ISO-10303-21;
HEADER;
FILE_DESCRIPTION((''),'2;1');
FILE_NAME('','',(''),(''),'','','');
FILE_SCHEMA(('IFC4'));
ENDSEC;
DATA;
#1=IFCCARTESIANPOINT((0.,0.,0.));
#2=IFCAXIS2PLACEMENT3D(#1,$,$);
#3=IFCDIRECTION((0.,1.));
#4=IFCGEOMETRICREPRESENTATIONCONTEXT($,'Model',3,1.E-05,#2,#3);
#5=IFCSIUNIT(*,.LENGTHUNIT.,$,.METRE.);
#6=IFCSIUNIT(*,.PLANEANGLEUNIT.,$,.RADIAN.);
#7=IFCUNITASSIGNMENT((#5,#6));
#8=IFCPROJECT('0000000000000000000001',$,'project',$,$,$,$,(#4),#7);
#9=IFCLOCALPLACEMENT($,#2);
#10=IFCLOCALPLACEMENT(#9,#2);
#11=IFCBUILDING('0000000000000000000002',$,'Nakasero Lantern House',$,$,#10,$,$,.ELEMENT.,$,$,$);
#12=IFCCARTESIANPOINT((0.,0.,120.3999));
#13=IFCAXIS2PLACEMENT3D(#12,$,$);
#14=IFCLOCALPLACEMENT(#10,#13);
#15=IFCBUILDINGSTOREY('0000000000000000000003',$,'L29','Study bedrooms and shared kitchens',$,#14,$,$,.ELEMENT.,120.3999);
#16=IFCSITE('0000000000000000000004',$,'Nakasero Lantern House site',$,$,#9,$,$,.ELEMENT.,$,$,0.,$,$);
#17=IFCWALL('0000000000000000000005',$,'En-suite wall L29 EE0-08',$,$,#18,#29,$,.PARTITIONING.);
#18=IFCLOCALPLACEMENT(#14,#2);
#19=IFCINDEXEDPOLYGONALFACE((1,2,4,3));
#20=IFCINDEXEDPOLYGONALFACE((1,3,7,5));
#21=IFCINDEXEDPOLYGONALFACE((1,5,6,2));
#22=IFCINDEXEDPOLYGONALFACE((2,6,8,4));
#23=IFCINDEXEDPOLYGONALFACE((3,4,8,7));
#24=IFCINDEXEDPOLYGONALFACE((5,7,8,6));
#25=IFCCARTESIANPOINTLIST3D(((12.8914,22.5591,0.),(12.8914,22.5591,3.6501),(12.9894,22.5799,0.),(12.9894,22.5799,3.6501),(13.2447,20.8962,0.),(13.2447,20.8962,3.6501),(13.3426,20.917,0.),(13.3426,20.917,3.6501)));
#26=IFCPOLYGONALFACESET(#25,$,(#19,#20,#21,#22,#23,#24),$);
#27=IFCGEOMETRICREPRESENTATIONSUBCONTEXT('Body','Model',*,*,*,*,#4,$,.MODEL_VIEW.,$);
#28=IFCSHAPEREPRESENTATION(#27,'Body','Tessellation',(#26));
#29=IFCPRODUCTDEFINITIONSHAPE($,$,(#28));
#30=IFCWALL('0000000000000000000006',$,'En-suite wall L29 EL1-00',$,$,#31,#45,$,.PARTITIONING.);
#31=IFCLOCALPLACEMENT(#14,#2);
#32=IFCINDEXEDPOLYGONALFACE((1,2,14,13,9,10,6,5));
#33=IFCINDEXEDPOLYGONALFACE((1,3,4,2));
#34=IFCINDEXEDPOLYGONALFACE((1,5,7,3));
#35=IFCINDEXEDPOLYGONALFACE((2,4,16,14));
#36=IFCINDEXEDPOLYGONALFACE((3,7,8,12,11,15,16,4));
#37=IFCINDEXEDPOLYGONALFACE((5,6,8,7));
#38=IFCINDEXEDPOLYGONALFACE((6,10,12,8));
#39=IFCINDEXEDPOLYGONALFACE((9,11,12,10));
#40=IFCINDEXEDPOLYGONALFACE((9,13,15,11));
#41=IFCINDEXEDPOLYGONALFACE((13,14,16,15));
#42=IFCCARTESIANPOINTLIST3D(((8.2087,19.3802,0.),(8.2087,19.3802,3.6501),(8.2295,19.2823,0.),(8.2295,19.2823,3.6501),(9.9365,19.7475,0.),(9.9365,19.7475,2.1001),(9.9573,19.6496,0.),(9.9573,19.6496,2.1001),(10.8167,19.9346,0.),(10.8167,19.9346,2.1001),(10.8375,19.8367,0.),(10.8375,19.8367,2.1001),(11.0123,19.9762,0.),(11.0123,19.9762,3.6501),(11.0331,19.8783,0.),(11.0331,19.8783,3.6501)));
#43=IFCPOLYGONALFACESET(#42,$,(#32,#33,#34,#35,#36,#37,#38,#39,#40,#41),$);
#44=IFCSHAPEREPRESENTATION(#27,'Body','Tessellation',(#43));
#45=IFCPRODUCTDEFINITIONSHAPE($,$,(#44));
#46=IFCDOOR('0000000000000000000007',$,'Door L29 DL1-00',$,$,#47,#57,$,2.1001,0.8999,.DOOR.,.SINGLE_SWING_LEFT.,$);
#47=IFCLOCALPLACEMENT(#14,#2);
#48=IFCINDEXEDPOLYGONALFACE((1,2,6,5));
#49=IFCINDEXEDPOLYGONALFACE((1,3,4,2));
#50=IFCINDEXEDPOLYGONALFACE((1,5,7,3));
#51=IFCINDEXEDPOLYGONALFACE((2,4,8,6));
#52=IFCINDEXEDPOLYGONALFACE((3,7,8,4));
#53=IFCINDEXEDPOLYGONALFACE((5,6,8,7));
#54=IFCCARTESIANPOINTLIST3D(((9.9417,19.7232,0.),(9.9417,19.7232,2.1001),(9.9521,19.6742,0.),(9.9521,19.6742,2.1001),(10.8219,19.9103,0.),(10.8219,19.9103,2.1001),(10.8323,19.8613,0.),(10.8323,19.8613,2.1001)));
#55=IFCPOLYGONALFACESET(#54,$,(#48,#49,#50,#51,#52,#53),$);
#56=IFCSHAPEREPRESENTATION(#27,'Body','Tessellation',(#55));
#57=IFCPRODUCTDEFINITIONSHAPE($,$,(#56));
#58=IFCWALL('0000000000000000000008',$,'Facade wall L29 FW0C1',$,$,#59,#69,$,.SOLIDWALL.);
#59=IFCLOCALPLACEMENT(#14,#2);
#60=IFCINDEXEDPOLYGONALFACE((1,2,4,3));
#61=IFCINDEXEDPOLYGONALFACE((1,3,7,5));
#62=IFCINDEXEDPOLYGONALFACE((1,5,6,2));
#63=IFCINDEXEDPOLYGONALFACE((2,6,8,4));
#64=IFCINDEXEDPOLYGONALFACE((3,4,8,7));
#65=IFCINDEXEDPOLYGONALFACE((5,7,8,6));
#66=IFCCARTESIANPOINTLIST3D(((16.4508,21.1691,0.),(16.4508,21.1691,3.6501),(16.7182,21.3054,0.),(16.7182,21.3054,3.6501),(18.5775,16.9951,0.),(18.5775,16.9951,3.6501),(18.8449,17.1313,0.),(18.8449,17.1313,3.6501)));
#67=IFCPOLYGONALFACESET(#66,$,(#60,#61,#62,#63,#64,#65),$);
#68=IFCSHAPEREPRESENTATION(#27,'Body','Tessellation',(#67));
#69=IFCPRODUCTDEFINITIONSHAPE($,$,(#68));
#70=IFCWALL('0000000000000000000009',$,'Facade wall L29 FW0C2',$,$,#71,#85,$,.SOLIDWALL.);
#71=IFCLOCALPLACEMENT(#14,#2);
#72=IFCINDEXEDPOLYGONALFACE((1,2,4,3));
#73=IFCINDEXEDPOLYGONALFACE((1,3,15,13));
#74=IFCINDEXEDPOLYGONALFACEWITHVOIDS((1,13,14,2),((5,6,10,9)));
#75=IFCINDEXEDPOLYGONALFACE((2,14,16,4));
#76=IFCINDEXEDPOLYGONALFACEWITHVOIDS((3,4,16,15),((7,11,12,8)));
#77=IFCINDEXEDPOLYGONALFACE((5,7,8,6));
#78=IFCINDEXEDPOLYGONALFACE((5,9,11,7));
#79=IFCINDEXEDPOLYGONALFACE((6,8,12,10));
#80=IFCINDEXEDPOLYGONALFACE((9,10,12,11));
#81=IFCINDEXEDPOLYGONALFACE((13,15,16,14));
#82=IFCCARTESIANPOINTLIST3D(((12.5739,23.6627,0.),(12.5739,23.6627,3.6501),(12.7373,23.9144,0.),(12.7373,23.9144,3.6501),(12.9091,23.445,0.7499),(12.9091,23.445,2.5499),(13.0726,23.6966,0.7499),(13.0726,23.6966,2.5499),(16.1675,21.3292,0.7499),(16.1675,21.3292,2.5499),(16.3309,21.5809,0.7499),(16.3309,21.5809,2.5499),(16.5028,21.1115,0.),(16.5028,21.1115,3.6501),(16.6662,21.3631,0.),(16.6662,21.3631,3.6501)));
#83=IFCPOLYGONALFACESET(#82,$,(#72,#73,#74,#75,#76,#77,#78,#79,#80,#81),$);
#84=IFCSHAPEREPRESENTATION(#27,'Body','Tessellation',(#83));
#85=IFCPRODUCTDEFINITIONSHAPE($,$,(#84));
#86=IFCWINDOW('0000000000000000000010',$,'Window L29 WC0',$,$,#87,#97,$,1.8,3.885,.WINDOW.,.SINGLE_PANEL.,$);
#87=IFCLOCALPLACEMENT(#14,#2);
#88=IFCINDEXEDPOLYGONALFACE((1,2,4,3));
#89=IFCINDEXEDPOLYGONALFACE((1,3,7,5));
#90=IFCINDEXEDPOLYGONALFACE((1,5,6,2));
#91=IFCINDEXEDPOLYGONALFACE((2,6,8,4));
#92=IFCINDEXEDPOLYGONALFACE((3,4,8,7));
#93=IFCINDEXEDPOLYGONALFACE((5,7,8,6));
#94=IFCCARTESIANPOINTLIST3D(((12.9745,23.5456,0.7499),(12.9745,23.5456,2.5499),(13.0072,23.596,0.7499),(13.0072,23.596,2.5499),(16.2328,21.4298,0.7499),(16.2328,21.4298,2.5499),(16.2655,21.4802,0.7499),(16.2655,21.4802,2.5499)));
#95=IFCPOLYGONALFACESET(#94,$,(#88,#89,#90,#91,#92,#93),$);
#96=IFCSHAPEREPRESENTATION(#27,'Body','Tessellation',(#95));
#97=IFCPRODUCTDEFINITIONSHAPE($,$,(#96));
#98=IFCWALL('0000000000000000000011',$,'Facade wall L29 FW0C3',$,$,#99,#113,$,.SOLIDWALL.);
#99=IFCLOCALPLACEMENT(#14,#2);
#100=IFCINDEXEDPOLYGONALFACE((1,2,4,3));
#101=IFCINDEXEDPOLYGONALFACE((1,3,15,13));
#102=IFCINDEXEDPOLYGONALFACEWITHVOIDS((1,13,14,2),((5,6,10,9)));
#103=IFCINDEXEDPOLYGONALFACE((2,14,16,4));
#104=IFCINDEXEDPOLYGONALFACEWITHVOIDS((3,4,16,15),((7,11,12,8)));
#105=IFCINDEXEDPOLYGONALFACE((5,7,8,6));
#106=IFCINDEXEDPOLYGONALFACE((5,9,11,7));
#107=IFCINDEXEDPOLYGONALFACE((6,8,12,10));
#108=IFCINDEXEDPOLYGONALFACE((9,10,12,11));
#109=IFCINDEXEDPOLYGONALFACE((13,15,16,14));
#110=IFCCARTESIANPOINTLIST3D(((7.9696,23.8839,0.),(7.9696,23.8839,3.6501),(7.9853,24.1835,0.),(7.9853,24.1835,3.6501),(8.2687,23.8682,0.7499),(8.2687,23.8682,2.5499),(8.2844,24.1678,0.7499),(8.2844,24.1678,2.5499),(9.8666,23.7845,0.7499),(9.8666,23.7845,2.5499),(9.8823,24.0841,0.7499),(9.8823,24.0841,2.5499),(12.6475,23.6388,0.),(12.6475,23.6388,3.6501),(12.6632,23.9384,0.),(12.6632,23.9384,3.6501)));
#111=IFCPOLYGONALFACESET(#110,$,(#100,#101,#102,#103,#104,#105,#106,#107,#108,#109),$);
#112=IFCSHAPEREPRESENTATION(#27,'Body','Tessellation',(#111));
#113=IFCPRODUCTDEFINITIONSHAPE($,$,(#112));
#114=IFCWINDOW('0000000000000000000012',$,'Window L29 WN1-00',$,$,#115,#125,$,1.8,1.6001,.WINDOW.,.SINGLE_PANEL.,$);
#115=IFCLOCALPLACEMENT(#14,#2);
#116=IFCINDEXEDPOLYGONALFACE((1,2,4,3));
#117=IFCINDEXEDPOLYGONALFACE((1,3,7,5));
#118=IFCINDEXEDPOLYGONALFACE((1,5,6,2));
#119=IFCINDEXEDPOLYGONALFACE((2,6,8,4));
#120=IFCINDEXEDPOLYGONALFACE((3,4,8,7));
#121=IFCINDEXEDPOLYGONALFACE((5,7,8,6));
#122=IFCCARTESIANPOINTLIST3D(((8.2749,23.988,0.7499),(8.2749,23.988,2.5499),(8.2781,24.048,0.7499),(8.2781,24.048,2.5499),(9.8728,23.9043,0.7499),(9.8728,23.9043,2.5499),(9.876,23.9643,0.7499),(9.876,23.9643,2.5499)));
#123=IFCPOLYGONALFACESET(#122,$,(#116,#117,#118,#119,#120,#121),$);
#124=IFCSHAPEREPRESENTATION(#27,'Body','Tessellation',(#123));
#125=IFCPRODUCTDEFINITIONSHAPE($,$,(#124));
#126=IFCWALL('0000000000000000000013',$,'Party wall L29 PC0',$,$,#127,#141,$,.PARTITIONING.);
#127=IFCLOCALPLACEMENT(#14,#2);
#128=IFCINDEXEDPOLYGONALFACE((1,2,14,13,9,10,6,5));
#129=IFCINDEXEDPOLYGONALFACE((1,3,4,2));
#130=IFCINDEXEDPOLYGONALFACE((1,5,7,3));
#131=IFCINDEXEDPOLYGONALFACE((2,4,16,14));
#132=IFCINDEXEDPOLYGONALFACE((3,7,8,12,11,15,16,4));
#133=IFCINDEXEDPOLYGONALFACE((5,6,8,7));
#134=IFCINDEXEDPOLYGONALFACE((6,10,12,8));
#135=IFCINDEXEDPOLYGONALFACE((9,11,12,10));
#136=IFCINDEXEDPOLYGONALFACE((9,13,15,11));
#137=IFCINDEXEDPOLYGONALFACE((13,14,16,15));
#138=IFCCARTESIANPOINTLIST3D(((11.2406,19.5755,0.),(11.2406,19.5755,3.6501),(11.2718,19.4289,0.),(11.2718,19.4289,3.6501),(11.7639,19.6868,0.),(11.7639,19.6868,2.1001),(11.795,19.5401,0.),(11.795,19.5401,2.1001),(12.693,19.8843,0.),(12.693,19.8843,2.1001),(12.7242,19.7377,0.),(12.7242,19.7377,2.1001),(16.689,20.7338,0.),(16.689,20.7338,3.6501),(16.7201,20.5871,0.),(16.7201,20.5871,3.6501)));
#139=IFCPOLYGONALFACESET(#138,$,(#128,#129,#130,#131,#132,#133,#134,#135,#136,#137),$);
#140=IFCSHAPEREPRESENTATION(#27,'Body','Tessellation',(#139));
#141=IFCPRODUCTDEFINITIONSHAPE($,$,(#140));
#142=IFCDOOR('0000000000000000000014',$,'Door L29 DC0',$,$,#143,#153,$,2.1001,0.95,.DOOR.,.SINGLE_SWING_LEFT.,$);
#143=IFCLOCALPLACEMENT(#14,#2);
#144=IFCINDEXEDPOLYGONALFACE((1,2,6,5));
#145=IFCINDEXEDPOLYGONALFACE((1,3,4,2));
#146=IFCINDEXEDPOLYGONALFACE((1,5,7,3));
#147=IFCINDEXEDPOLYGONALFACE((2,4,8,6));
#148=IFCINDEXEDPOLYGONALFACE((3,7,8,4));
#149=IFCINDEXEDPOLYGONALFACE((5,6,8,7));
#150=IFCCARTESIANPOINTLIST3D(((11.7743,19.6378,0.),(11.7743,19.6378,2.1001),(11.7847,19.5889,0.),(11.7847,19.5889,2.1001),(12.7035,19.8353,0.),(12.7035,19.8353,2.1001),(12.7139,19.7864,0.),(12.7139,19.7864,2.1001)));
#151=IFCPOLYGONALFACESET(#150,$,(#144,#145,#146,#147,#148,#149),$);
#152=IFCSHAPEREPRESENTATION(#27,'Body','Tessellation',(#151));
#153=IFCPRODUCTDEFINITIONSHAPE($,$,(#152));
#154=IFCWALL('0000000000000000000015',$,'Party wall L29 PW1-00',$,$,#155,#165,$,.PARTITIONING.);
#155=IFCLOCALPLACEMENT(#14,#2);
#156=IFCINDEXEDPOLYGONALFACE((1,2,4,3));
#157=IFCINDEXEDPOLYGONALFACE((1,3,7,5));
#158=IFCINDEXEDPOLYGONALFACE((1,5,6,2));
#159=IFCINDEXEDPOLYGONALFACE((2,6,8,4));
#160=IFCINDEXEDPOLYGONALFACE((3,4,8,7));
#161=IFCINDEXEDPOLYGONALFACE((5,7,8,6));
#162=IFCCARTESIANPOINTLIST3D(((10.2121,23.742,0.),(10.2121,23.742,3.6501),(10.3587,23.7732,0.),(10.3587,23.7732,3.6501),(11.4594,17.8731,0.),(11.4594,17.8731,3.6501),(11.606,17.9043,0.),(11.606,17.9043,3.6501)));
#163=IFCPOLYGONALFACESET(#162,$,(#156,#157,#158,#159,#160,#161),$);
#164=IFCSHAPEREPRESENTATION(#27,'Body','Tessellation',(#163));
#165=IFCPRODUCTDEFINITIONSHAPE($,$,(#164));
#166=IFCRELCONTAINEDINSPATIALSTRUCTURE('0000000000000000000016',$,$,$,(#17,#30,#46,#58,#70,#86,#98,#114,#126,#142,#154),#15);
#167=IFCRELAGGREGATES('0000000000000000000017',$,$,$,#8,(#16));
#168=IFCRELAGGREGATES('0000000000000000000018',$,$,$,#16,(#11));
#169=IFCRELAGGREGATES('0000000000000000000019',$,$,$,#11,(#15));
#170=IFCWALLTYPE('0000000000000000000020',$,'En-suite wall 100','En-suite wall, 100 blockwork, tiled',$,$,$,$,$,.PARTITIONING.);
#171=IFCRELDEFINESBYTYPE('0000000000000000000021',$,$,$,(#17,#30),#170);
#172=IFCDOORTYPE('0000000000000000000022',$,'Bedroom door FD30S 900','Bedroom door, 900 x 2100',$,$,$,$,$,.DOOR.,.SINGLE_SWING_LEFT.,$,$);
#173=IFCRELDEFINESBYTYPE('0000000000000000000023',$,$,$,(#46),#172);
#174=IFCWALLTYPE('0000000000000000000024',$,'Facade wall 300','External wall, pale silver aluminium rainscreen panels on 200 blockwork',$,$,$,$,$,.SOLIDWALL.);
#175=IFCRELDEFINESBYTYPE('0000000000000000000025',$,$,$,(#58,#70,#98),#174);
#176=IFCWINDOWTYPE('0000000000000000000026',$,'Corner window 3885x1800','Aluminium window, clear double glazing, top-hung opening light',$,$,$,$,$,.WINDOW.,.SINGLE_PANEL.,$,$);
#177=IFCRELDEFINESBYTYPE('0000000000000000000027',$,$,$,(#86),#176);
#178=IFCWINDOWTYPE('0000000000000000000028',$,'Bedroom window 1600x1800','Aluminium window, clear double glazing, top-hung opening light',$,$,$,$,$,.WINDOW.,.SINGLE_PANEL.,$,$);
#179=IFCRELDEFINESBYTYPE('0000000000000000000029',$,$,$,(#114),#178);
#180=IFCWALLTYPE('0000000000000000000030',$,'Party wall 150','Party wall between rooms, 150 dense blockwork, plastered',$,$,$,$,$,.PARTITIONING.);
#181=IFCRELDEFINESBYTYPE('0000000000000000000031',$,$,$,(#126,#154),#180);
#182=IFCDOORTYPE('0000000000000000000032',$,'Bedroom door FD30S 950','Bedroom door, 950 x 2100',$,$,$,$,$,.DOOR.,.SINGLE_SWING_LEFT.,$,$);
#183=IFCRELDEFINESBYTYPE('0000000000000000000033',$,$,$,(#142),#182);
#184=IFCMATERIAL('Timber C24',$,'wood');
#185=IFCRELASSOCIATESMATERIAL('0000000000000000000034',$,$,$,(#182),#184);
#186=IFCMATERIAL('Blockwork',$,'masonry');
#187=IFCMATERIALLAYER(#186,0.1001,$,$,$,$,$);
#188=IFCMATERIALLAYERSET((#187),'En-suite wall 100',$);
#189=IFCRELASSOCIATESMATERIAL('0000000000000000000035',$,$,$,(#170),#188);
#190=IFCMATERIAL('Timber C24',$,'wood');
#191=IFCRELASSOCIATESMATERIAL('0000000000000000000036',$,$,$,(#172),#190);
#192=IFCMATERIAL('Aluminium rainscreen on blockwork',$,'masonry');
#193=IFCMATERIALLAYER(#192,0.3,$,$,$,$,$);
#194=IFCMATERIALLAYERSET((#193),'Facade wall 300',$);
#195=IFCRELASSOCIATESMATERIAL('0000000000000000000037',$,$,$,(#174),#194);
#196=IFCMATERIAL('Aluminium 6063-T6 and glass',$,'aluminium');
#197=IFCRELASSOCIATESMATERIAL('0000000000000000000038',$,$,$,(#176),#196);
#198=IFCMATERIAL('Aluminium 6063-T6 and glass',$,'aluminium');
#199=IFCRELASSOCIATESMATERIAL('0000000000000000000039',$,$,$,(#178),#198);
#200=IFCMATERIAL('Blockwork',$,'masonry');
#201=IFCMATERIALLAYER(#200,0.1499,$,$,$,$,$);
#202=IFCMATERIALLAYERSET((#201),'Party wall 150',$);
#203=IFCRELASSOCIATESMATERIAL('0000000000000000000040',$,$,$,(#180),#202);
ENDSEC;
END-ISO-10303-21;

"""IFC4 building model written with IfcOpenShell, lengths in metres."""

from ifc_helpers import new_model, si_unit, direction, frame, frame_2d, origin, place, context, subcontext, project, spatial, rectangle, extrude, material, layer, layer_set, type_object, element, fill, save


model = new_model("IFC4")

# Units and contexts
model_context = context("Model", 3, precision=1e-05, world=origin(), true_north=direction((0.0, 1.0)))
body_context = subcontext(model_context, "Body", "Model", "MODEL_VIEW")
ifc_project = project(units=[si_unit("LENGTHUNIT", "METRE"), si_unit("PLANEANGLEUNIT", "RADIAN")], contexts=[model_context])

# Site, building, storey
site_placement = place(None, origin())
site = spatial("IfcSite", under=ifc_project, at=site_placement, Name="Nakasero Lantern House site", CompositionType="ELEMENT", RefElevation=0.0)
building_placement = place(site_placement, origin())
building = spatial("IfcBuilding", under=site, at=building_placement, Name="Nakasero Lantern House", CompositionType="ELEMENT")
storey_placement = place(building_placement, frame((0.0, 0.0, 120.3999)))
storey = spatial("IfcBuildingStorey", under=building, at=storey_placement, Name="L29", Description="Study bedrooms and shared kitchens", CompositionType="ELEMENT", Elevation=120.3999)

# Shared definitions
ifc_material_1 = material(Name="Timber C24", Category="wood")
door_type_1 = type_object("IfcDoorType", Name="Bedroom door FD30S 950", Description="Bedroom door, 950 x 2100", OperationType="SINGLE_SWING_LEFT", PredefinedType="DOOR", material=ifc_material_1)

# Shared definitions
ifc_material_2 = material(Name="Blockwork", Category="masonry")
ifc_layer_1 = layer(ifc_material_2, 0.1001)
ifc_layer_set_1 = layer_set([ifc_layer_1], Name="En-suite wall 100")
wall_type_1 = type_object("IfcWallType", Name="En-suite wall 100", Description="En-suite wall, 100 blockwork, tiled", PredefinedType="PARTITIONING", material=ifc_layer_set_1)

# Wall
wall_1_placement = place(storey_placement, frame((13.2937, 20.9065, 0.0), z_axis=(0.0, 0.0, 1.0), x_axis=(-0.207812, 0.978169, 0.0)))
element("IfcWall", 1, at=wall_1_placement, inside=storey, type_object=wall_type_1, Name="En-suite wall L29 EE0-08", PredefinedType="PARTITIONING", context=body_context, shape_type="SweptSolid", body=[
    extrude(rectangle(XDim=1.7, YDim=0.1001, at=frame_2d((0.8501, 0.0))), origin(), (0.0, 0.0, 1.0), 3.6501),
])

# Wall, opening, door
wall_2_placement = place(storey_placement, frame((11.0227, 19.9272, 0.0), z_axis=(0.0, 0.0, 1.0), x_axis=(-0.978144, -0.207929, 0.0)))
wall_2 = element("IfcWall", 2, at=wall_2_placement, inside=storey, type_object=wall_type_1, Name="En-suite wall L29 EL1-00", PredefinedType="PARTITIONING", context=body_context, shape_type="SweptSolid", body=[
    extrude(rectangle(XDim=2.8662, YDim=0.1001, at=frame_2d((1.4331, 0.0))), origin(), (0.0, 0.0, 1.0), 3.6501),
])
opening_1_placement = place(wall_2_placement, frame((0.2, 0.0, 0.0)))
opening_1 = element("IfcOpeningElement", 3, at=opening_1_placement, cuts=wall_2, PredefinedType="OPENING", context=body_context, shape_type="SweptSolid", body=[
    extrude(rectangle(XDim=0.8999, YDim=2.1001, at=frame_2d((0.45, 1.05))), frame((0.0, 0.0701, 0.0), z_axis=(0.0, -1.0, 0.0), x_axis=(1.0, 0.0, 0.0)), (0.0, 0.0, 1.0), 0.1401),
])
ifc_material_3 = material(Name="Timber C24", Category="wood")
door_type_2 = type_object("IfcDoorType", Name="Bedroom door FD30S 900", Description="Bedroom door, 900 x 2100", OperationType="SINGLE_SWING_LEFT", PredefinedType="DOOR", material=ifc_material_3)
door_1_placement = place(opening_1_placement, origin())
door_1 = element("IfcDoor", 4, at=door_1_placement, inside=storey, type_object=door_type_2, Name="Door L29 DL1-00", OperationType="SINGLE_SWING_LEFT", OverallHeight=2.1001, OverallWidth=0.8999, PredefinedType="DOOR", context=body_context, shape_type="SweptSolid", body=[
    extrude(rectangle(XDim=0.8999, YDim=2.1001, at=frame_2d((0.45, 1.05))), frame((0.0, 0.0249, 0.0), z_axis=(0.0, -1.0, 0.0), x_axis=(1.0, 0.0, 0.0)), (0.0, 0.0, 1.0), 0.05),
])
fill(opening_1, door_1)

# Wall
ifc_material_4 = material(Name="Aluminium rainscreen on blockwork", Category="masonry")
ifc_layer_2 = layer(ifc_material_4, 0.3)
ifc_layer_set_2 = layer_set([ifc_layer_2], Name="Facade wall 300")
wall_type_2 = type_object("IfcWallType", Name="Facade wall 300", Description="External wall, pale silver aluminium rainscreen panels on 200 blockwork", PredefinedType="SOLIDWALL", material=ifc_layer_set_2)
wall_3_placement = place(storey_placement, frame((18.7112, 17.0632, 0.0), z_axis=(0.0, 0.0, 1.0), x_axis=(-0.453976, 0.891014, 0.0)))
element("IfcWall", 5, at=wall_3_placement, inside=storey, type_object=wall_type_2, Name="Facade wall L29 FW0C1", PredefinedType="SOLIDWALL", context=body_context, shape_type="SweptSolid", body=[
    extrude(rectangle(XDim=4.6846, YDim=0.3, at=frame_2d((2.3423, 0.0))), origin(), (0.0, 0.0, 1.0), 3.6501),
])

# Walls, openings, windows
wall_4_placement = place(storey_placement, frame((16.5845, 21.2373, 0.0), z_axis=(0.0, 0.0, 1.0), x_axis=(-0.838692, 0.544605, 0.0)))
wall_4 = element("IfcWall", 6, at=wall_4_placement, inside=storey, type_object=wall_type_2, Name="Facade wall L29 FW0C2", PredefinedType="SOLIDWALL", context=body_context, shape_type="SweptSolid", body=[
    extrude(rectangle(XDim=4.6846, YDim=0.3, at=frame_2d((2.3423, 0.0))), origin(), (0.0, 0.0, 1.0), 3.6501),
])
opening_2_placement = place(wall_4_placement, frame((0.3999, 0.0, 0.75)))
opening_2 = element("IfcOpeningElement", 7, at=opening_2_placement, cuts=wall_4, PredefinedType="OPENING", context=body_context, shape_type="SweptSolid", body=[
    extrude(rectangle(XDim=3.885, YDim=1.8, at=frame_2d((1.9424, 0.8999))), frame((0.0, 0.1699, 0.0), z_axis=(0.0, -1.0, 0.0), x_axis=(1.0, 0.0, 0.0)), (0.0, 0.0, 1.0), 0.3401),
])
ifc_material_5 = material(Name="Aluminium 6063-T6 and glass", Category="aluminium")
window_type_1 = type_object("IfcWindowType", Name="Corner window 3885x1800", Description="Aluminium window, clear double glazing, top-hung opening light", PartitioningType="SINGLE_PANEL", PredefinedType="WINDOW", material=ifc_material_5)
window_1_placement = place(opening_2_placement, origin())
window_1 = element("IfcWindow", 8, at=window_1_placement, inside=storey, type_object=window_type_1, Name="Window L29 WC0", OverallHeight=1.8, OverallWidth=3.885, PartitioningType="SINGLE_PANEL", PredefinedType="WINDOW", context=body_context, shape_type="SweptSolid", body=[
    extrude(rectangle(XDim=3.885, YDim=1.8, at=frame_2d((1.9424, 0.8999))), frame((0.0, 0.03, 0.0), z_axis=(0.0, -1.0, 0.0), x_axis=(1.0, 0.0, 0.0)), (0.0, 0.0, 1.0), 0.0601),
])
fill(opening_2, window_1)
wall_5_placement = place(storey_placement, frame((12.6555, 23.7886, 0.0), z_axis=(0.0, 0.0, 1.0), x_axis=(-0.99863, 0.052326, 0.0)))
wall_5 = element("IfcWall", 9, at=wall_5_placement, inside=storey, type_object=wall_type_2, Name="Facade wall L29 FW0C3", PredefinedType="SOLIDWALL", context=body_context, shape_type="SweptSolid", body=[
    extrude(rectangle(XDim=4.6843, YDim=0.3, at=frame_2d((2.3423, 0.0))), origin(), (0.0, 0.0, 1.0), 3.6501),
])
opening_3_placement = place(wall_5_placement, frame((2.7849, 0.0, 0.75)))
opening_3 = element("IfcOpeningElement", 10, at=opening_3_placement, cuts=wall_5, PredefinedType="OPENING", context=body_context, shape_type="SweptSolid", body=[
    extrude(rectangle(XDim=1.6001, YDim=1.8, at=frame_2d((0.8, 0.8999))), frame((0.0, 0.1699, 0.0), z_axis=(0.0, -1.0, 0.0), x_axis=(1.0, 0.0, 0.0)), (0.0, 0.0, 1.0), 0.3401),
])
ifc_material_6 = material(Name="Aluminium 6063-T6 and glass", Category="aluminium")
window_type_2 = type_object("IfcWindowType", Name="Bedroom window 1600x1800", Description="Aluminium window, clear double glazing, top-hung opening light", PartitioningType="SINGLE_PANEL", PredefinedType="WINDOW", material=ifc_material_6)
window_2_placement = place(opening_3_placement, origin())
window_2 = element("IfcWindow", 11, at=window_2_placement, inside=storey, type_object=window_type_2, Name="Window L29 WN1-00", OverallHeight=1.8, OverallWidth=1.6001, PartitioningType="SINGLE_PANEL", PredefinedType="WINDOW", context=body_context, shape_type="SweptSolid", body=[
    extrude(rectangle(XDim=1.6001, YDim=1.8, at=frame_2d((0.8, 0.8999))), frame((0.0, 0.03, 0.0), z_axis=(0.0, -1.0, 0.0), x_axis=(1.0, 0.0, 0.0)), (0.0, 0.0, 1.0), 0.0601),
])
fill(opening_3, window_2)

# Wall, opening, door
ifc_material_7 = material(Name="Blockwork", Category="masonry")
ifc_layer_3 = layer(ifc_material_7, 0.1499)
ifc_layer_set_3 = layer_set([ifc_layer_3], Name="Party wall 150")
wall_type_3 = type_object("IfcWallType", Name="Party wall 150", Description="Party wall between rooms, 150 dense blockwork, plastered", PredefinedType="PARTITIONING", material=ifc_layer_set_3)
wall_6_placement = place(storey_placement, frame((11.2561, 19.5022, 0.0), z_axis=(0.0, 0.0, 1.0), x_axis=(0.978142, 0.207936, 0.0)))
wall_6 = element("IfcWall", 12, at=wall_6_placement, inside=storey, type_object=wall_type_3, Name="Party wall L29 PC0", PredefinedType="PARTITIONING", context=body_context, shape_type="SweptSolid", body=[
    extrude(rectangle(XDim=5.5701, YDim=0.1499, at=frame_2d((2.7852, 0.0))), origin(), (0.0, 0.0, 1.0), 3.6501),
])
opening_4_placement = place(wall_6_placement, frame((0.5349, 0.0, 0.0)))
opening_4 = element("IfcOpeningElement", 13, at=opening_4_placement, cuts=wall_6, PredefinedType="OPENING", context=body_context, shape_type="SweptSolid", body=[
    extrude(rectangle(XDim=0.95, YDim=2.1001, at=frame_2d((0.4751, 1.05))), frame((0.0, 0.095, 0.0), z_axis=(0.0, -1.0, 0.0), x_axis=(1.0, 0.0, 0.0)), (0.0, 0.0, 1.0), 0.1899),
])
door_2_placement = place(opening_4_placement, origin())
door_2 = element("IfcDoor", 14, at=door_2_placement, inside=storey, type_object=door_type_1, Name="Door L29 DC0", OperationType="SINGLE_SWING_LEFT", OverallHeight=2.1001, OverallWidth=0.95, PredefinedType="DOOR", context=body_context, shape_type="SweptSolid", body=[
    extrude(rectangle(XDim=0.95, YDim=2.1001, at=frame_2d((0.4751, 1.05))), frame((0.0, 0.0249, 0.0), z_axis=(0.0, -1.0, 0.0), x_axis=(1.0, 0.0, 0.0)), (0.0, 0.0, 1.0), 0.05),
])
fill(opening_4, door_2)

# Wall
wall_7_placement = place(storey_placement, frame((11.5327, 17.8887, 0.0), z_axis=(0.0, 0.0, 1.0), x_axis=(-0.207886, 0.978153, 0.0)))
element("IfcWall", 15, at=wall_7_placement, inside=storey, type_object=wall_type_3, Name="Party wall L29 PW1-00", PredefinedType="PARTITIONING", context=body_context, shape_type="SweptSolid", body=[
    extrude(rectangle(XDim=6.0, YDim=0.1499, at=frame_2d((3.0, 0.0))), origin(), (0.0, 0.0, 1.0), 3.6501),
])

save(model, "model.ifc")
